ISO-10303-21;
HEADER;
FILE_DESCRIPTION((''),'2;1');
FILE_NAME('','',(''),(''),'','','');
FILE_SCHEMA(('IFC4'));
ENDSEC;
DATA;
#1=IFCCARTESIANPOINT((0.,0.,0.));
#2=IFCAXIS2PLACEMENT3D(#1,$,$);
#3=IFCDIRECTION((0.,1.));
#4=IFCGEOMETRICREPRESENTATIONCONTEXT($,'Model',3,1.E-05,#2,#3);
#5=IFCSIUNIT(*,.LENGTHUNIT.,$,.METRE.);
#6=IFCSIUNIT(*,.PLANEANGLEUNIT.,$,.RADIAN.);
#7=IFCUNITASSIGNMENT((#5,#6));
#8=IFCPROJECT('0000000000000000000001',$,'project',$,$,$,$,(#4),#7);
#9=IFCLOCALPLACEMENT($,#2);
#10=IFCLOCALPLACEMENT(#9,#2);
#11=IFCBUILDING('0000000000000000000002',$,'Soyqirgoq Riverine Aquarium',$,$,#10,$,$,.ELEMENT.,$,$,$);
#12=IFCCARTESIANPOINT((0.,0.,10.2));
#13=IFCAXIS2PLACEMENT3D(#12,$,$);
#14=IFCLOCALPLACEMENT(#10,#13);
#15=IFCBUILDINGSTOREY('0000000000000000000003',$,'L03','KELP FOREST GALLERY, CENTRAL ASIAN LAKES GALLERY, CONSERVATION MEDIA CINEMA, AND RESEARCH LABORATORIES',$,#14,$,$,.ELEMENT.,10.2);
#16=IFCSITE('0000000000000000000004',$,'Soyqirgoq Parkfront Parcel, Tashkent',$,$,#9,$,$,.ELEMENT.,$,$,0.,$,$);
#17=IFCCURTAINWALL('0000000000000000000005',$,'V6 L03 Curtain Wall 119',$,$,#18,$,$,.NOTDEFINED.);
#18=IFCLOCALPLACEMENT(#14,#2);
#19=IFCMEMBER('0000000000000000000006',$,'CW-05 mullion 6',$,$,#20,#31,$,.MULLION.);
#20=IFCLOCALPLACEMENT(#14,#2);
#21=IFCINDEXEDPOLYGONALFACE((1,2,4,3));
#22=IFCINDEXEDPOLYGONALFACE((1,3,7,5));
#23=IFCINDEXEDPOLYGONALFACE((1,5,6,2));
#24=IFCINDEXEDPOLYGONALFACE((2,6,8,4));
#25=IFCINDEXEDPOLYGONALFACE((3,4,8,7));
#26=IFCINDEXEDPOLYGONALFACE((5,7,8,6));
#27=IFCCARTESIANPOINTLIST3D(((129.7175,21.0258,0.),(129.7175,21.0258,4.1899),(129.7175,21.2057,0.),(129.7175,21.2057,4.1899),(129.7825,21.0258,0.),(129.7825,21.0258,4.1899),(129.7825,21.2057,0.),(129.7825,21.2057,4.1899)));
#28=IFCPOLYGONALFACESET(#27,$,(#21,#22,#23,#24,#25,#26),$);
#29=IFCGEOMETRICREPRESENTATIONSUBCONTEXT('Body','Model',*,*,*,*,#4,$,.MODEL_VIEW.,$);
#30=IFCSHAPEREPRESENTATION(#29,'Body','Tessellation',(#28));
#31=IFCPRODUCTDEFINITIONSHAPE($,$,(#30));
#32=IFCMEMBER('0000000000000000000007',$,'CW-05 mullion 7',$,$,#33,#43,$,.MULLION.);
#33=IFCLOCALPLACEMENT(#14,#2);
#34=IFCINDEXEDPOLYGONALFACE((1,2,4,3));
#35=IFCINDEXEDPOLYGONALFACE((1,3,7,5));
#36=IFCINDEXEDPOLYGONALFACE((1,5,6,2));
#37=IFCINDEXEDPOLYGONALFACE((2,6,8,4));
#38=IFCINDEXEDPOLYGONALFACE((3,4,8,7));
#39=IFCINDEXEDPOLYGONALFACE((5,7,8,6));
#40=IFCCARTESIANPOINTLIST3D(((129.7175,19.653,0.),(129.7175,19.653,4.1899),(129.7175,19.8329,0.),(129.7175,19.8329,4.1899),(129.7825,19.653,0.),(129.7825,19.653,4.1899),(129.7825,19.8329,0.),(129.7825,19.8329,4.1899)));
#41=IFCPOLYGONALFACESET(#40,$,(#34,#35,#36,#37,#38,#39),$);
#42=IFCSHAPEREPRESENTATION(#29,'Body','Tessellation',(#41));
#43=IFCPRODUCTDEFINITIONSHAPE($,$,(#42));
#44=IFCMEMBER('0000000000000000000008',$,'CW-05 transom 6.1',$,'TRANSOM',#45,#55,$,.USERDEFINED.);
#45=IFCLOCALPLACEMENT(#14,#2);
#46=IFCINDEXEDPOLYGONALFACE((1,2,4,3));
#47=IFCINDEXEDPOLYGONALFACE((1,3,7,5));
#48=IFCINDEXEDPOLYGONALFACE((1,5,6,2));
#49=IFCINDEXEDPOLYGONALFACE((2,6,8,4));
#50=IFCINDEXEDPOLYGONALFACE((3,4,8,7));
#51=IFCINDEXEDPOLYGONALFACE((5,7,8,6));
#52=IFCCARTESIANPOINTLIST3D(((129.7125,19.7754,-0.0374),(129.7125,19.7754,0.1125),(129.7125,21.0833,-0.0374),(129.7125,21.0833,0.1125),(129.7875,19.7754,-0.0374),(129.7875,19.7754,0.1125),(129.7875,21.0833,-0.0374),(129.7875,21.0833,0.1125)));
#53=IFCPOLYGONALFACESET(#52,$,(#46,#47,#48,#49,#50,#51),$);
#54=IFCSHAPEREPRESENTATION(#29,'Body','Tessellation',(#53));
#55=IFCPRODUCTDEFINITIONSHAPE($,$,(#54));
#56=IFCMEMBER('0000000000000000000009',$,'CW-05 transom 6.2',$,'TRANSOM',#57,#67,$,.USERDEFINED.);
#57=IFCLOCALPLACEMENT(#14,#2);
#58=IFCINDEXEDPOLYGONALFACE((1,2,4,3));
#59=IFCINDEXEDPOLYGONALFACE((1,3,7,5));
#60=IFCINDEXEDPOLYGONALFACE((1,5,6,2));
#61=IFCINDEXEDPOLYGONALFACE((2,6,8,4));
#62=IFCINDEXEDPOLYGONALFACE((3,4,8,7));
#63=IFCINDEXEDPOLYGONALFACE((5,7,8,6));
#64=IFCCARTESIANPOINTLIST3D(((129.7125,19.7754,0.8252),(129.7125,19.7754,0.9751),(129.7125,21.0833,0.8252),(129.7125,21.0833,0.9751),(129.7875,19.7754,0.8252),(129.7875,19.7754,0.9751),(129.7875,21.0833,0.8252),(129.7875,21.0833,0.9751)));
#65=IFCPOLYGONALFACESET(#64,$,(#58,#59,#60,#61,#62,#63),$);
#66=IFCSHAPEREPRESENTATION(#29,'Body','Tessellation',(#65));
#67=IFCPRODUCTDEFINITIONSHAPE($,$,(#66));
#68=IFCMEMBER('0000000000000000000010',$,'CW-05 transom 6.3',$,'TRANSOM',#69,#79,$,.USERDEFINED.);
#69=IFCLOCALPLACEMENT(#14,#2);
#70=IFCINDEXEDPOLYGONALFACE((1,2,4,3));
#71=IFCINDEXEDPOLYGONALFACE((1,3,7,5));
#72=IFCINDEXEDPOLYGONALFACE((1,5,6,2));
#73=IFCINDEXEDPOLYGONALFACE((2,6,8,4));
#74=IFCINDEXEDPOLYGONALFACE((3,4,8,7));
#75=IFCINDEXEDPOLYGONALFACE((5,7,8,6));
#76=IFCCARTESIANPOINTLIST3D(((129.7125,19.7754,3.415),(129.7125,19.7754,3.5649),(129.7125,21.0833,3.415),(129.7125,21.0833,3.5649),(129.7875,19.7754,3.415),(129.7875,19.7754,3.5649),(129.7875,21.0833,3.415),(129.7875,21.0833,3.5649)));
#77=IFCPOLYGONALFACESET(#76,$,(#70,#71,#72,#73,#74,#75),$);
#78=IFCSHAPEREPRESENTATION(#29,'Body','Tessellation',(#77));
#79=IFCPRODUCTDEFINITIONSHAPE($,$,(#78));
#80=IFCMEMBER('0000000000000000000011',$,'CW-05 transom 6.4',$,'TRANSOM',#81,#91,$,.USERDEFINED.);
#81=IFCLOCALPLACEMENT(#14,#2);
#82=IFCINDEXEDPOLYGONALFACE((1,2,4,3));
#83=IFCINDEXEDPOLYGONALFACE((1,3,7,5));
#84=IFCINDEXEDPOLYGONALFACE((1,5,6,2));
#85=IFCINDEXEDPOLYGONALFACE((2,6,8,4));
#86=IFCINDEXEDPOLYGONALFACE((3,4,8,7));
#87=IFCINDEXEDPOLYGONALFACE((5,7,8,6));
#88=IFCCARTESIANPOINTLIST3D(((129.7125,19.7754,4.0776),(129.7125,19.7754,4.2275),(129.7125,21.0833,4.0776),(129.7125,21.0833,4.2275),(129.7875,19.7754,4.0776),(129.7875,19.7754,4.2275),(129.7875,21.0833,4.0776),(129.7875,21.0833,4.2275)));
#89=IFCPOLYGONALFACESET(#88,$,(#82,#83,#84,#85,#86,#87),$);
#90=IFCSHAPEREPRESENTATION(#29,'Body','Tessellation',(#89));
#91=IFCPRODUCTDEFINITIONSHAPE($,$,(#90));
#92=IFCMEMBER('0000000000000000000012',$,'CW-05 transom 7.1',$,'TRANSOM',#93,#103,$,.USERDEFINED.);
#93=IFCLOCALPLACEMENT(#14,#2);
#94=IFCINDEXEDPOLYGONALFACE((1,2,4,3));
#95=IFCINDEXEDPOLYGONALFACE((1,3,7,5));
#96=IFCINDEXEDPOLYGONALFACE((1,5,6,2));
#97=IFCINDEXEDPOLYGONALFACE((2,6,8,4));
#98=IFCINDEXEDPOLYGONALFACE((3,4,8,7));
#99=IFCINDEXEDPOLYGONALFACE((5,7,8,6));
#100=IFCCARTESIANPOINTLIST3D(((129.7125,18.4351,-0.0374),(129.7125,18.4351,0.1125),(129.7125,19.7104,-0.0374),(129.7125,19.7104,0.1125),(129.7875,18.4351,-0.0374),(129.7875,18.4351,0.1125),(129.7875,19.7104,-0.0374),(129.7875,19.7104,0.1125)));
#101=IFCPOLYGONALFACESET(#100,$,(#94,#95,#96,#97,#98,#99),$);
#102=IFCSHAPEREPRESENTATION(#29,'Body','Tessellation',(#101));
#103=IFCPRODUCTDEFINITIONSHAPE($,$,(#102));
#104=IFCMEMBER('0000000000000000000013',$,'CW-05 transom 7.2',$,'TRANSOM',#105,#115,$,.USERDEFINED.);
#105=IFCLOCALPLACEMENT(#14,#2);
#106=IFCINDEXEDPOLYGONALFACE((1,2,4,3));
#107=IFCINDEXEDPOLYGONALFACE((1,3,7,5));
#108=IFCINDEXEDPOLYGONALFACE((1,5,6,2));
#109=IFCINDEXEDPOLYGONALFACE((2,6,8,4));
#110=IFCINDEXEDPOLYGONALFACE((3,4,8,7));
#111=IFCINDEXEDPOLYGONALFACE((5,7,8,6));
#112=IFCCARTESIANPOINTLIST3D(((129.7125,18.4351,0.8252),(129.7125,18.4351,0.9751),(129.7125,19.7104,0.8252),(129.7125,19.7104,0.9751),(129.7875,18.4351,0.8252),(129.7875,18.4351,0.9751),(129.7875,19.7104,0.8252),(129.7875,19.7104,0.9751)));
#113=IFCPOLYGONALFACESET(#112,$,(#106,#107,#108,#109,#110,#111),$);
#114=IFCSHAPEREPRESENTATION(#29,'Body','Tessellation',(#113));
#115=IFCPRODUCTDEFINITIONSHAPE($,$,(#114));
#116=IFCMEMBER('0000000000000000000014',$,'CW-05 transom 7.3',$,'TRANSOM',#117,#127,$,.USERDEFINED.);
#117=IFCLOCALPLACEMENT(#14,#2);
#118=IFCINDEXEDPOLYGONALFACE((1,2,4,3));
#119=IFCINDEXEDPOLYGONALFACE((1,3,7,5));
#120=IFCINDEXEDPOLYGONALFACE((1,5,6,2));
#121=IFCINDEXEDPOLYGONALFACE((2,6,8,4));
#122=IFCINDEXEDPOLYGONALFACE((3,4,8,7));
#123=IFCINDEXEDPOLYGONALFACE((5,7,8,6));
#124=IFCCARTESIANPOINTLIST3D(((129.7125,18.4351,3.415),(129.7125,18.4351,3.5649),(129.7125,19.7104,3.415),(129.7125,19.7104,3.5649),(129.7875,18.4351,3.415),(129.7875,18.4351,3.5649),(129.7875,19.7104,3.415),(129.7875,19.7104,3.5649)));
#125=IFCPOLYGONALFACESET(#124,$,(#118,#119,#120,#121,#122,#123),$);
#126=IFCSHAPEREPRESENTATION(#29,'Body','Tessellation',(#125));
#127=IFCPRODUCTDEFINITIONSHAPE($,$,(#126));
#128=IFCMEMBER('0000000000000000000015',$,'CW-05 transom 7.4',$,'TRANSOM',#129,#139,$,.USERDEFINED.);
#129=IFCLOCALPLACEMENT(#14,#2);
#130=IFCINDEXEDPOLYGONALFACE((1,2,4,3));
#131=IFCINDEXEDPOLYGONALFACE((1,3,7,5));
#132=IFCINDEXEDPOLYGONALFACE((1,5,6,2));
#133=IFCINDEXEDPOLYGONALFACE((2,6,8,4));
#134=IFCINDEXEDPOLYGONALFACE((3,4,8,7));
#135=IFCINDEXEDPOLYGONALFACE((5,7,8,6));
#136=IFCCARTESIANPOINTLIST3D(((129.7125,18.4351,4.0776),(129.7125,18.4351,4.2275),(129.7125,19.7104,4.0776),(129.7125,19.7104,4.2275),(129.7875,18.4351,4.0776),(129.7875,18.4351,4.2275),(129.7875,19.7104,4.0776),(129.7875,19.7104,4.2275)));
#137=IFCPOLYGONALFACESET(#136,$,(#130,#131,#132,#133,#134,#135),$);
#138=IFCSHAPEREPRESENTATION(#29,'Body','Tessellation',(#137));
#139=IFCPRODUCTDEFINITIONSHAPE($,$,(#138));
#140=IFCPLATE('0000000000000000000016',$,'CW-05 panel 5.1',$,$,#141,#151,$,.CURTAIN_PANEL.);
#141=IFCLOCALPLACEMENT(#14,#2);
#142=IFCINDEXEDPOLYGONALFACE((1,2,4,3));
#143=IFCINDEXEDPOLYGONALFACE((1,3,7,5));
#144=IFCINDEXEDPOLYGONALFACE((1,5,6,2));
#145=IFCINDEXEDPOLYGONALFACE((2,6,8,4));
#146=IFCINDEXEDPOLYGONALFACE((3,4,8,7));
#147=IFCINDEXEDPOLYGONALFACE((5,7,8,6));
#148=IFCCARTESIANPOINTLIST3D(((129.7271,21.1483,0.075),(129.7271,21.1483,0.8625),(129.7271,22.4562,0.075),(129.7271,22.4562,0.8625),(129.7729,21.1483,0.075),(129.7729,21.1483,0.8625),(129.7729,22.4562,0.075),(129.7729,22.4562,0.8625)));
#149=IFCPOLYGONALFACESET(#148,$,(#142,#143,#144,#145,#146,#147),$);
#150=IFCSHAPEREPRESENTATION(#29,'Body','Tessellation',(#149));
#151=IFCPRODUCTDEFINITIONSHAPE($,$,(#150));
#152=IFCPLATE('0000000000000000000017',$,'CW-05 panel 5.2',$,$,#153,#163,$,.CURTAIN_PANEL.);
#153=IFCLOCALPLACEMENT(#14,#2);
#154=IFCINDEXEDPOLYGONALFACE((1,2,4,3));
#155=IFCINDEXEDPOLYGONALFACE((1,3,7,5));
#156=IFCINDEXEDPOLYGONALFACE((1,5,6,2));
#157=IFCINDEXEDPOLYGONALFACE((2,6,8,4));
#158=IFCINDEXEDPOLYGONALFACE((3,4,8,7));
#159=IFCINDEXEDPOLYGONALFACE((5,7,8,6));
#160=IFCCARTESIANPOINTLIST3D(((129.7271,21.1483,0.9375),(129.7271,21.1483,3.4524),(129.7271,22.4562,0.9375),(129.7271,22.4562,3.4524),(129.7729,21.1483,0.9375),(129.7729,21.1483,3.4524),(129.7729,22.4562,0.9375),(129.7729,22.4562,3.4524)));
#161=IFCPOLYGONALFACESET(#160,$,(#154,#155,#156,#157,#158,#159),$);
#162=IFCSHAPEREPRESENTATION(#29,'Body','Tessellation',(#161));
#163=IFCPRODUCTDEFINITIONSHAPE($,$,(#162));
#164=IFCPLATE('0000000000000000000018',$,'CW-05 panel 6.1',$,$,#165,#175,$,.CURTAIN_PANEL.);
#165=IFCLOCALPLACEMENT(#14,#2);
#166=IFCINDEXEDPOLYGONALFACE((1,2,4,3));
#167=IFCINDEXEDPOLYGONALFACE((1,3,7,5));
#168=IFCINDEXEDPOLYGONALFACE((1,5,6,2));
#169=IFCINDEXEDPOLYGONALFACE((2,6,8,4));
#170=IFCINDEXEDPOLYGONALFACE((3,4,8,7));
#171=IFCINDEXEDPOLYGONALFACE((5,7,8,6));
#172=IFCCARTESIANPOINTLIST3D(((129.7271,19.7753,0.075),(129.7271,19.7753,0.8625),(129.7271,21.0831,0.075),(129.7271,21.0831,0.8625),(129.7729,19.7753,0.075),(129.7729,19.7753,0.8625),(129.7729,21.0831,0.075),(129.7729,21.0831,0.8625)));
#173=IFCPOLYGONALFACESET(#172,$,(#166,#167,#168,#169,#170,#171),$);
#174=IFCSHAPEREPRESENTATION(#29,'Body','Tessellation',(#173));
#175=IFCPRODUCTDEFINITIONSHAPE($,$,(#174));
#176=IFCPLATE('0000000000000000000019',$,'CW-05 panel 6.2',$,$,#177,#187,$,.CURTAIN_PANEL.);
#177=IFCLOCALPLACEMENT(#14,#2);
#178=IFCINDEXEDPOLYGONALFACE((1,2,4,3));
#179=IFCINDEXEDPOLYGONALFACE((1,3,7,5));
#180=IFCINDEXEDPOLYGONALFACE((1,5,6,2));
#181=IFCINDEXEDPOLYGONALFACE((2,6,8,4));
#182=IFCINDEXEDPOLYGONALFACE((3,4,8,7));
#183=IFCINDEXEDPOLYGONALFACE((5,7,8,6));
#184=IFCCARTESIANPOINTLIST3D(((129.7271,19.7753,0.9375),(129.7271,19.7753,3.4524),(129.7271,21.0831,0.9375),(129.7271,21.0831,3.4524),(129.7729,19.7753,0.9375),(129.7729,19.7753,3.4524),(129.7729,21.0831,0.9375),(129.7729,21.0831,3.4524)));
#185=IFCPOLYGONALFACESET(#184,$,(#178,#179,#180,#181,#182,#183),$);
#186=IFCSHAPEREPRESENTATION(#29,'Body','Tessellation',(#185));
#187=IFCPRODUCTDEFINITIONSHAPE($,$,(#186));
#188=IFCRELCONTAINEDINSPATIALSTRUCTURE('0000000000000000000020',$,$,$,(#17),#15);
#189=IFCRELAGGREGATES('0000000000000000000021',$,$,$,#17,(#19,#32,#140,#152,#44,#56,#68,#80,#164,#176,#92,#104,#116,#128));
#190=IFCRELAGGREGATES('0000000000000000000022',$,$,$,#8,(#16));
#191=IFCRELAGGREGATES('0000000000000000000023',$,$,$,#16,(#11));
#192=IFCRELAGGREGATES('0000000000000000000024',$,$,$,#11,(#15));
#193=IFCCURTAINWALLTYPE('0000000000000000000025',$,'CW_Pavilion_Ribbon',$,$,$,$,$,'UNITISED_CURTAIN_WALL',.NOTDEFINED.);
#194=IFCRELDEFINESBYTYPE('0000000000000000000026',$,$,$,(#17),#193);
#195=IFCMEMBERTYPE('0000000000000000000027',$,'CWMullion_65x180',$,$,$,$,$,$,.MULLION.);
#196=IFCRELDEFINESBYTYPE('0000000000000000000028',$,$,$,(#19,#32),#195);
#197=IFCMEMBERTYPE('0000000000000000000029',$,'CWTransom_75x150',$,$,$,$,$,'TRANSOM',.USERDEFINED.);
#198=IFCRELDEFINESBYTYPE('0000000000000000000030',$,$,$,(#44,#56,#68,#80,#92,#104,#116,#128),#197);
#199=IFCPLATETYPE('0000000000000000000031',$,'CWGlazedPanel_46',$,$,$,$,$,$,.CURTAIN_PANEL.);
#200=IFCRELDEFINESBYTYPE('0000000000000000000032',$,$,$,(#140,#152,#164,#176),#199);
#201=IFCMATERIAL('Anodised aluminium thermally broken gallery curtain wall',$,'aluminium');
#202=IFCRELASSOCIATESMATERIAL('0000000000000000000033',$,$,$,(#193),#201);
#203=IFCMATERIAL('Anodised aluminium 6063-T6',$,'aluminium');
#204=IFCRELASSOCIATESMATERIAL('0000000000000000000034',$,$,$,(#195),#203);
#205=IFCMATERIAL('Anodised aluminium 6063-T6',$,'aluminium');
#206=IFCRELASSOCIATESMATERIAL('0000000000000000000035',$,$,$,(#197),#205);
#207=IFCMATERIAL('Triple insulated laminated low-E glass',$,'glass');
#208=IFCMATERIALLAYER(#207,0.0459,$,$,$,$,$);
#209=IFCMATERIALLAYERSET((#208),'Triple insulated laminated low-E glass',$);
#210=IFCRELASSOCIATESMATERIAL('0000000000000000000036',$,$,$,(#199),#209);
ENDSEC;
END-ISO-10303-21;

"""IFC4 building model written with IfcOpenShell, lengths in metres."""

from ifc_helpers import new_model, si_unit, direction, frame, origin, origin_2d, place, context, subcontext, project, spatial, rectangle, extrude, material, layer, layer_set, material_profile, profile_set, type_object, element, aggregate, save


model = new_model("IFC4")

# Units and contexts
model_context = context("Model", 3, precision=1e-05, world=origin(), true_north=direction((0.0, 1.0)))
body_context = subcontext(model_context, "Body", "Model", "MODEL_VIEW")
ifc_project = project(units=[si_unit("LENGTHUNIT", "METRE"), si_unit("PLANEANGLEUNIT", "RADIAN")], contexts=[model_context])

# Site, building, storey
site_placement = place(None, origin())
site = spatial("IfcSite", under=ifc_project, at=site_placement, Name="Soyqirgoq Parkfront Parcel, Tashkent", CompositionType="ELEMENT", RefElevation=0.0)
building_placement = place(site_placement, origin())
building = spatial("IfcBuilding", under=site, at=building_placement, Name="Soyqirgoq Riverine Aquarium", CompositionType="ELEMENT")
storey_placement = place(building_placement, frame((0.0, 0.0, 10.2)))
storey = spatial("IfcBuildingStorey", under=building, at=storey_placement, Name="L03", Description="KELP FOREST GALLERY, CENTRAL ASIAN LAKES GALLERY, CONSERVATION MEDIA CINEMA, AND RESEARCH LABORATORIES", CompositionType="ELEMENT", Elevation=10.2)

# Curtain wall, members, plates
ifc_material_1 = material(Name="Anodised aluminium thermally broken gallery curtain wall", Category="aluminium")
curtain_wall_type = type_object("IfcCurtainWallType", Name="CW_Pavilion_Ribbon", ElementType="UNITISED_CURTAIN_WALL", PredefinedType="NOTDEFINED", material=ifc_material_1)
curtain_wall_placement = place(storey_placement, origin())
curtain_wall = element("IfcCurtainWall", 1, at=curtain_wall_placement, inside=storey, type_object=curtain_wall_type, Name="V6 L03 Curtain Wall 119", PredefinedType="NOTDEFINED")
ifc_material_2 = material(Name="Anodised aluminium 6063-T6", Category="aluminium")
ifc_material_profile_1 = material_profile(ifc_material_2, rectangle(XDim=0.0649, YDim=0.1799, at=origin_2d()), Name="ALU-M 65x180")
ifc_profile_set_1 = profile_set([ifc_material_profile_1], Name="Anodised aluminium 6063-T6")
member_type_1 = type_object("IfcMemberType", Name="CWMullion_65x180", PredefinedType="MULLION", material=ifc_profile_set_1)
member_1_placement = place(storey_placement, frame((129.75, 21.1157, 0.0), z_axis=(0.0, 0.0, 1.0), x_axis=(1.0, 0.0, 0.0)))
member_1 = element("IfcMember", 2, at=member_1_placement, type_object=member_type_1, Name="CW-05 mullion 6", PredefinedType="MULLION", context=body_context, shape_type="SweptSolid", body=[
    extrude(rectangle(XDim=0.0649, YDim=0.1799, at=origin_2d()), origin(), (0.0, 0.0, 1.0), 4.1899),
])
member_2_placement = place(storey_placement, frame((129.75, 19.7429, 0.0), z_axis=(0.0, 0.0, 1.0), x_axis=(1.0, 0.0, 0.0)))
member_2 = element("IfcMember", 3, at=member_2_placement, type_object=member_type_1, Name="CW-05 mullion 7", PredefinedType="MULLION", context=body_context, shape_type="SweptSolid", body=[
    extrude(rectangle(XDim=0.0649, YDim=0.1799, at=origin_2d()), origin(), (0.0, 0.0, 1.0), 4.1899),
])
ifc_material_3 = material(Name="Anodised aluminium 6063-T6", Category="aluminium")
ifc_material_profile_2 = material_profile(ifc_material_3, rectangle(XDim=0.075, YDim=0.1499, at=origin_2d()), Name="ALU-T 75x150")
ifc_profile_set_2 = profile_set([ifc_material_profile_2], Name="Anodised aluminium 6063-T6")
member_type_2 = type_object("IfcMemberType", Name="CWTransom_75x150", ElementType="TRANSOM", PredefinedType="USERDEFINED", material=ifc_profile_set_2)
member_3_placement = place(storey_placement, frame((129.75, 21.0833, 0.0376), z_axis=(0.0, -1.0, 0.0), x_axis=(1.0, 0.0, 0.0)))
member_3 = element("IfcMember", 4, at=member_3_placement, type_object=member_type_2, Name="CW-05 transom 6.1", ObjectType="TRANSOM", PredefinedType="USERDEFINED", context=body_context, shape_type="SweptSolid", body=[
    extrude(rectangle(XDim=0.075, YDim=0.1499, at=origin_2d()), origin(), (0.0, 0.0, 1.0), 1.3079),
])
member_4_placement = place(storey_placement, frame((129.75, 21.0833, 0.9001), z_axis=(0.0, -1.0, 0.0), x_axis=(1.0, 0.0, 0.0)))
member_4 = element("IfcMember", 5, at=member_4_placement, type_object=member_type_2, Name="CW-05 transom 6.2", ObjectType="TRANSOM", PredefinedType="USERDEFINED", context=body_context, shape_type="SweptSolid", body=[
    extrude(rectangle(XDim=0.075, YDim=0.1499, at=origin_2d()), origin(), (0.0, 0.0, 1.0), 1.3079),
])
member_5_placement = place(storey_placement, frame((129.75, 21.0833, 3.49), z_axis=(0.0, -1.0, 0.0), x_axis=(1.0, 0.0, 0.0)))
member_5 = element("IfcMember", 6, at=member_5_placement, type_object=member_type_2, Name="CW-05 transom 6.3", ObjectType="TRANSOM", PredefinedType="USERDEFINED", context=body_context, shape_type="SweptSolid", body=[
    extrude(rectangle(XDim=0.075, YDim=0.1499, at=origin_2d()), origin(), (0.0, 0.0, 1.0), 1.3079),
])
member_6_placement = place(storey_placement, frame((129.75, 21.0833, 4.1526), z_axis=(0.0, -1.0, 0.0), x_axis=(1.0, 0.0, 0.0)))
member_6 = element("IfcMember", 7, at=member_6_placement, type_object=member_type_2, Name="CW-05 transom 6.4", ObjectType="TRANSOM", PredefinedType="USERDEFINED", context=body_context, shape_type="SweptSolid", body=[
    extrude(rectangle(XDim=0.075, YDim=0.1499, at=origin_2d()), origin(), (0.0, 0.0, 1.0), 1.3079),
])
member_7_placement = place(storey_placement, frame((129.75, 19.7104, 0.0376), z_axis=(0.0, -1.0, 0.0), x_axis=(1.0, 0.0, 0.0)))
member_7 = element("IfcMember", 8, at=member_7_placement, type_object=member_type_2, Name="CW-05 transom 7.1", ObjectType="TRANSOM", PredefinedType="USERDEFINED", context=body_context, shape_type="SweptSolid", body=[
    extrude(rectangle(XDim=0.075, YDim=0.1499, at=origin_2d()), origin(), (0.0, 0.0, 1.0), 1.2754),
])
member_8_placement = place(storey_placement, frame((129.75, 19.7104, 0.9001), z_axis=(0.0, -1.0, 0.0), x_axis=(1.0, 0.0, 0.0)))
member_8 = element("IfcMember", 9, at=member_8_placement, type_object=member_type_2, Name="CW-05 transom 7.2", ObjectType="TRANSOM", PredefinedType="USERDEFINED", context=body_context, shape_type="SweptSolid", body=[
    extrude(rectangle(XDim=0.075, YDim=0.1499, at=origin_2d()), origin(), (0.0, 0.0, 1.0), 1.2754),
])
member_9_placement = place(storey_placement, frame((129.75, 19.7104, 3.49), z_axis=(0.0, -1.0, 0.0), x_axis=(1.0, 0.0, 0.0)))
member_9 = element("IfcMember", 10, at=member_9_placement, type_object=member_type_2, Name="CW-05 transom 7.3", ObjectType="TRANSOM", PredefinedType="USERDEFINED", context=body_context, shape_type="SweptSolid", body=[
    extrude(rectangle(XDim=0.075, YDim=0.1499, at=origin_2d()), origin(), (0.0, 0.0, 1.0), 1.2754),
])
member_10_placement = place(storey_placement, frame((129.75, 19.7104, 4.1526), z_axis=(0.0, -1.0, 0.0), x_axis=(1.0, 0.0, 0.0)))
member_10 = element("IfcMember", 11, at=member_10_placement, type_object=member_type_2, Name="CW-05 transom 7.4", ObjectType="TRANSOM", PredefinedType="USERDEFINED", context=body_context, shape_type="SweptSolid", body=[
    extrude(rectangle(XDim=0.075, YDim=0.1499, at=origin_2d()), origin(), (0.0, 0.0, 1.0), 1.2754),
])
ifc_material_4 = material(Name="Triple insulated laminated low-E glass", Category="glass")
ifc_layer = layer(ifc_material_4, 0.0459)
ifc_layer_set = layer_set([ifc_layer], Name="Triple insulated laminated low-E glass")
plate_type = type_object("IfcPlateType", Name="CWGlazedPanel_46", PredefinedType="CURTAIN_PANEL", material=ifc_layer_set)
plate_1_placement = place(storey_placement, frame((129.75, 21.8022, 0.075), z_axis=(0.0, 0.0, 1.0), x_axis=(0.0, -1.0, 0.0)))
plate_1 = element("IfcPlate", 12, at=plate_1_placement, type_object=plate_type, Name="CW-05 panel 5.1", PredefinedType="CURTAIN_PANEL", context=body_context, shape_type="SweptSolid", body=[
    extrude(rectangle(XDim=1.3079, YDim=0.0459, at=origin_2d()), origin(), (0.0, 0.0, 1.0), 0.7876),
])
plate_2_placement = place(storey_placement, frame((129.75, 21.8022, 0.9375), z_axis=(0.0, 0.0, 1.0), x_axis=(0.0, -1.0, 0.0)))
plate_2 = element("IfcPlate", 13, at=plate_2_placement, type_object=plate_type, Name="CW-05 panel 5.2", PredefinedType="CURTAIN_PANEL", context=body_context, shape_type="SweptSolid", body=[
    extrude(rectangle(XDim=1.3079, YDim=0.0459, at=origin_2d()), origin(), (0.0, 0.0, 1.0), 2.5149),
])
plate_3_placement = place(storey_placement, frame((129.75, 20.4292, 0.075), z_axis=(0.0, 0.0, 1.0), x_axis=(0.0, -1.0, 0.0)))
plate_3 = element("IfcPlate", 14, at=plate_3_placement, type_object=plate_type, Name="CW-05 panel 6.1", PredefinedType="CURTAIN_PANEL", context=body_context, shape_type="SweptSolid", body=[
    extrude(rectangle(XDim=1.3079, YDim=0.0459, at=origin_2d()), origin(), (0.0, 0.0, 1.0), 0.7876),
])
plate_4_placement = place(storey_placement, frame((129.75, 20.4292, 0.9375), z_axis=(0.0, 0.0, 1.0), x_axis=(0.0, -1.0, 0.0)))
plate_4 = element("IfcPlate", 15, at=plate_4_placement, type_object=plate_type, Name="CW-05 panel 6.2", PredefinedType="CURTAIN_PANEL", context=body_context, shape_type="SweptSolid", body=[
    extrude(rectangle(XDim=1.3079, YDim=0.0459, at=origin_2d()), origin(), (0.0, 0.0, 1.0), 2.5149),
])
aggregate(curtain_wall, [member_1, member_2, plate_1, plate_2, member_3, member_4, member_5, member_6, plate_3, plate_4, member_7, member_8, member_9, member_10])

save(model, "model.ifc")
